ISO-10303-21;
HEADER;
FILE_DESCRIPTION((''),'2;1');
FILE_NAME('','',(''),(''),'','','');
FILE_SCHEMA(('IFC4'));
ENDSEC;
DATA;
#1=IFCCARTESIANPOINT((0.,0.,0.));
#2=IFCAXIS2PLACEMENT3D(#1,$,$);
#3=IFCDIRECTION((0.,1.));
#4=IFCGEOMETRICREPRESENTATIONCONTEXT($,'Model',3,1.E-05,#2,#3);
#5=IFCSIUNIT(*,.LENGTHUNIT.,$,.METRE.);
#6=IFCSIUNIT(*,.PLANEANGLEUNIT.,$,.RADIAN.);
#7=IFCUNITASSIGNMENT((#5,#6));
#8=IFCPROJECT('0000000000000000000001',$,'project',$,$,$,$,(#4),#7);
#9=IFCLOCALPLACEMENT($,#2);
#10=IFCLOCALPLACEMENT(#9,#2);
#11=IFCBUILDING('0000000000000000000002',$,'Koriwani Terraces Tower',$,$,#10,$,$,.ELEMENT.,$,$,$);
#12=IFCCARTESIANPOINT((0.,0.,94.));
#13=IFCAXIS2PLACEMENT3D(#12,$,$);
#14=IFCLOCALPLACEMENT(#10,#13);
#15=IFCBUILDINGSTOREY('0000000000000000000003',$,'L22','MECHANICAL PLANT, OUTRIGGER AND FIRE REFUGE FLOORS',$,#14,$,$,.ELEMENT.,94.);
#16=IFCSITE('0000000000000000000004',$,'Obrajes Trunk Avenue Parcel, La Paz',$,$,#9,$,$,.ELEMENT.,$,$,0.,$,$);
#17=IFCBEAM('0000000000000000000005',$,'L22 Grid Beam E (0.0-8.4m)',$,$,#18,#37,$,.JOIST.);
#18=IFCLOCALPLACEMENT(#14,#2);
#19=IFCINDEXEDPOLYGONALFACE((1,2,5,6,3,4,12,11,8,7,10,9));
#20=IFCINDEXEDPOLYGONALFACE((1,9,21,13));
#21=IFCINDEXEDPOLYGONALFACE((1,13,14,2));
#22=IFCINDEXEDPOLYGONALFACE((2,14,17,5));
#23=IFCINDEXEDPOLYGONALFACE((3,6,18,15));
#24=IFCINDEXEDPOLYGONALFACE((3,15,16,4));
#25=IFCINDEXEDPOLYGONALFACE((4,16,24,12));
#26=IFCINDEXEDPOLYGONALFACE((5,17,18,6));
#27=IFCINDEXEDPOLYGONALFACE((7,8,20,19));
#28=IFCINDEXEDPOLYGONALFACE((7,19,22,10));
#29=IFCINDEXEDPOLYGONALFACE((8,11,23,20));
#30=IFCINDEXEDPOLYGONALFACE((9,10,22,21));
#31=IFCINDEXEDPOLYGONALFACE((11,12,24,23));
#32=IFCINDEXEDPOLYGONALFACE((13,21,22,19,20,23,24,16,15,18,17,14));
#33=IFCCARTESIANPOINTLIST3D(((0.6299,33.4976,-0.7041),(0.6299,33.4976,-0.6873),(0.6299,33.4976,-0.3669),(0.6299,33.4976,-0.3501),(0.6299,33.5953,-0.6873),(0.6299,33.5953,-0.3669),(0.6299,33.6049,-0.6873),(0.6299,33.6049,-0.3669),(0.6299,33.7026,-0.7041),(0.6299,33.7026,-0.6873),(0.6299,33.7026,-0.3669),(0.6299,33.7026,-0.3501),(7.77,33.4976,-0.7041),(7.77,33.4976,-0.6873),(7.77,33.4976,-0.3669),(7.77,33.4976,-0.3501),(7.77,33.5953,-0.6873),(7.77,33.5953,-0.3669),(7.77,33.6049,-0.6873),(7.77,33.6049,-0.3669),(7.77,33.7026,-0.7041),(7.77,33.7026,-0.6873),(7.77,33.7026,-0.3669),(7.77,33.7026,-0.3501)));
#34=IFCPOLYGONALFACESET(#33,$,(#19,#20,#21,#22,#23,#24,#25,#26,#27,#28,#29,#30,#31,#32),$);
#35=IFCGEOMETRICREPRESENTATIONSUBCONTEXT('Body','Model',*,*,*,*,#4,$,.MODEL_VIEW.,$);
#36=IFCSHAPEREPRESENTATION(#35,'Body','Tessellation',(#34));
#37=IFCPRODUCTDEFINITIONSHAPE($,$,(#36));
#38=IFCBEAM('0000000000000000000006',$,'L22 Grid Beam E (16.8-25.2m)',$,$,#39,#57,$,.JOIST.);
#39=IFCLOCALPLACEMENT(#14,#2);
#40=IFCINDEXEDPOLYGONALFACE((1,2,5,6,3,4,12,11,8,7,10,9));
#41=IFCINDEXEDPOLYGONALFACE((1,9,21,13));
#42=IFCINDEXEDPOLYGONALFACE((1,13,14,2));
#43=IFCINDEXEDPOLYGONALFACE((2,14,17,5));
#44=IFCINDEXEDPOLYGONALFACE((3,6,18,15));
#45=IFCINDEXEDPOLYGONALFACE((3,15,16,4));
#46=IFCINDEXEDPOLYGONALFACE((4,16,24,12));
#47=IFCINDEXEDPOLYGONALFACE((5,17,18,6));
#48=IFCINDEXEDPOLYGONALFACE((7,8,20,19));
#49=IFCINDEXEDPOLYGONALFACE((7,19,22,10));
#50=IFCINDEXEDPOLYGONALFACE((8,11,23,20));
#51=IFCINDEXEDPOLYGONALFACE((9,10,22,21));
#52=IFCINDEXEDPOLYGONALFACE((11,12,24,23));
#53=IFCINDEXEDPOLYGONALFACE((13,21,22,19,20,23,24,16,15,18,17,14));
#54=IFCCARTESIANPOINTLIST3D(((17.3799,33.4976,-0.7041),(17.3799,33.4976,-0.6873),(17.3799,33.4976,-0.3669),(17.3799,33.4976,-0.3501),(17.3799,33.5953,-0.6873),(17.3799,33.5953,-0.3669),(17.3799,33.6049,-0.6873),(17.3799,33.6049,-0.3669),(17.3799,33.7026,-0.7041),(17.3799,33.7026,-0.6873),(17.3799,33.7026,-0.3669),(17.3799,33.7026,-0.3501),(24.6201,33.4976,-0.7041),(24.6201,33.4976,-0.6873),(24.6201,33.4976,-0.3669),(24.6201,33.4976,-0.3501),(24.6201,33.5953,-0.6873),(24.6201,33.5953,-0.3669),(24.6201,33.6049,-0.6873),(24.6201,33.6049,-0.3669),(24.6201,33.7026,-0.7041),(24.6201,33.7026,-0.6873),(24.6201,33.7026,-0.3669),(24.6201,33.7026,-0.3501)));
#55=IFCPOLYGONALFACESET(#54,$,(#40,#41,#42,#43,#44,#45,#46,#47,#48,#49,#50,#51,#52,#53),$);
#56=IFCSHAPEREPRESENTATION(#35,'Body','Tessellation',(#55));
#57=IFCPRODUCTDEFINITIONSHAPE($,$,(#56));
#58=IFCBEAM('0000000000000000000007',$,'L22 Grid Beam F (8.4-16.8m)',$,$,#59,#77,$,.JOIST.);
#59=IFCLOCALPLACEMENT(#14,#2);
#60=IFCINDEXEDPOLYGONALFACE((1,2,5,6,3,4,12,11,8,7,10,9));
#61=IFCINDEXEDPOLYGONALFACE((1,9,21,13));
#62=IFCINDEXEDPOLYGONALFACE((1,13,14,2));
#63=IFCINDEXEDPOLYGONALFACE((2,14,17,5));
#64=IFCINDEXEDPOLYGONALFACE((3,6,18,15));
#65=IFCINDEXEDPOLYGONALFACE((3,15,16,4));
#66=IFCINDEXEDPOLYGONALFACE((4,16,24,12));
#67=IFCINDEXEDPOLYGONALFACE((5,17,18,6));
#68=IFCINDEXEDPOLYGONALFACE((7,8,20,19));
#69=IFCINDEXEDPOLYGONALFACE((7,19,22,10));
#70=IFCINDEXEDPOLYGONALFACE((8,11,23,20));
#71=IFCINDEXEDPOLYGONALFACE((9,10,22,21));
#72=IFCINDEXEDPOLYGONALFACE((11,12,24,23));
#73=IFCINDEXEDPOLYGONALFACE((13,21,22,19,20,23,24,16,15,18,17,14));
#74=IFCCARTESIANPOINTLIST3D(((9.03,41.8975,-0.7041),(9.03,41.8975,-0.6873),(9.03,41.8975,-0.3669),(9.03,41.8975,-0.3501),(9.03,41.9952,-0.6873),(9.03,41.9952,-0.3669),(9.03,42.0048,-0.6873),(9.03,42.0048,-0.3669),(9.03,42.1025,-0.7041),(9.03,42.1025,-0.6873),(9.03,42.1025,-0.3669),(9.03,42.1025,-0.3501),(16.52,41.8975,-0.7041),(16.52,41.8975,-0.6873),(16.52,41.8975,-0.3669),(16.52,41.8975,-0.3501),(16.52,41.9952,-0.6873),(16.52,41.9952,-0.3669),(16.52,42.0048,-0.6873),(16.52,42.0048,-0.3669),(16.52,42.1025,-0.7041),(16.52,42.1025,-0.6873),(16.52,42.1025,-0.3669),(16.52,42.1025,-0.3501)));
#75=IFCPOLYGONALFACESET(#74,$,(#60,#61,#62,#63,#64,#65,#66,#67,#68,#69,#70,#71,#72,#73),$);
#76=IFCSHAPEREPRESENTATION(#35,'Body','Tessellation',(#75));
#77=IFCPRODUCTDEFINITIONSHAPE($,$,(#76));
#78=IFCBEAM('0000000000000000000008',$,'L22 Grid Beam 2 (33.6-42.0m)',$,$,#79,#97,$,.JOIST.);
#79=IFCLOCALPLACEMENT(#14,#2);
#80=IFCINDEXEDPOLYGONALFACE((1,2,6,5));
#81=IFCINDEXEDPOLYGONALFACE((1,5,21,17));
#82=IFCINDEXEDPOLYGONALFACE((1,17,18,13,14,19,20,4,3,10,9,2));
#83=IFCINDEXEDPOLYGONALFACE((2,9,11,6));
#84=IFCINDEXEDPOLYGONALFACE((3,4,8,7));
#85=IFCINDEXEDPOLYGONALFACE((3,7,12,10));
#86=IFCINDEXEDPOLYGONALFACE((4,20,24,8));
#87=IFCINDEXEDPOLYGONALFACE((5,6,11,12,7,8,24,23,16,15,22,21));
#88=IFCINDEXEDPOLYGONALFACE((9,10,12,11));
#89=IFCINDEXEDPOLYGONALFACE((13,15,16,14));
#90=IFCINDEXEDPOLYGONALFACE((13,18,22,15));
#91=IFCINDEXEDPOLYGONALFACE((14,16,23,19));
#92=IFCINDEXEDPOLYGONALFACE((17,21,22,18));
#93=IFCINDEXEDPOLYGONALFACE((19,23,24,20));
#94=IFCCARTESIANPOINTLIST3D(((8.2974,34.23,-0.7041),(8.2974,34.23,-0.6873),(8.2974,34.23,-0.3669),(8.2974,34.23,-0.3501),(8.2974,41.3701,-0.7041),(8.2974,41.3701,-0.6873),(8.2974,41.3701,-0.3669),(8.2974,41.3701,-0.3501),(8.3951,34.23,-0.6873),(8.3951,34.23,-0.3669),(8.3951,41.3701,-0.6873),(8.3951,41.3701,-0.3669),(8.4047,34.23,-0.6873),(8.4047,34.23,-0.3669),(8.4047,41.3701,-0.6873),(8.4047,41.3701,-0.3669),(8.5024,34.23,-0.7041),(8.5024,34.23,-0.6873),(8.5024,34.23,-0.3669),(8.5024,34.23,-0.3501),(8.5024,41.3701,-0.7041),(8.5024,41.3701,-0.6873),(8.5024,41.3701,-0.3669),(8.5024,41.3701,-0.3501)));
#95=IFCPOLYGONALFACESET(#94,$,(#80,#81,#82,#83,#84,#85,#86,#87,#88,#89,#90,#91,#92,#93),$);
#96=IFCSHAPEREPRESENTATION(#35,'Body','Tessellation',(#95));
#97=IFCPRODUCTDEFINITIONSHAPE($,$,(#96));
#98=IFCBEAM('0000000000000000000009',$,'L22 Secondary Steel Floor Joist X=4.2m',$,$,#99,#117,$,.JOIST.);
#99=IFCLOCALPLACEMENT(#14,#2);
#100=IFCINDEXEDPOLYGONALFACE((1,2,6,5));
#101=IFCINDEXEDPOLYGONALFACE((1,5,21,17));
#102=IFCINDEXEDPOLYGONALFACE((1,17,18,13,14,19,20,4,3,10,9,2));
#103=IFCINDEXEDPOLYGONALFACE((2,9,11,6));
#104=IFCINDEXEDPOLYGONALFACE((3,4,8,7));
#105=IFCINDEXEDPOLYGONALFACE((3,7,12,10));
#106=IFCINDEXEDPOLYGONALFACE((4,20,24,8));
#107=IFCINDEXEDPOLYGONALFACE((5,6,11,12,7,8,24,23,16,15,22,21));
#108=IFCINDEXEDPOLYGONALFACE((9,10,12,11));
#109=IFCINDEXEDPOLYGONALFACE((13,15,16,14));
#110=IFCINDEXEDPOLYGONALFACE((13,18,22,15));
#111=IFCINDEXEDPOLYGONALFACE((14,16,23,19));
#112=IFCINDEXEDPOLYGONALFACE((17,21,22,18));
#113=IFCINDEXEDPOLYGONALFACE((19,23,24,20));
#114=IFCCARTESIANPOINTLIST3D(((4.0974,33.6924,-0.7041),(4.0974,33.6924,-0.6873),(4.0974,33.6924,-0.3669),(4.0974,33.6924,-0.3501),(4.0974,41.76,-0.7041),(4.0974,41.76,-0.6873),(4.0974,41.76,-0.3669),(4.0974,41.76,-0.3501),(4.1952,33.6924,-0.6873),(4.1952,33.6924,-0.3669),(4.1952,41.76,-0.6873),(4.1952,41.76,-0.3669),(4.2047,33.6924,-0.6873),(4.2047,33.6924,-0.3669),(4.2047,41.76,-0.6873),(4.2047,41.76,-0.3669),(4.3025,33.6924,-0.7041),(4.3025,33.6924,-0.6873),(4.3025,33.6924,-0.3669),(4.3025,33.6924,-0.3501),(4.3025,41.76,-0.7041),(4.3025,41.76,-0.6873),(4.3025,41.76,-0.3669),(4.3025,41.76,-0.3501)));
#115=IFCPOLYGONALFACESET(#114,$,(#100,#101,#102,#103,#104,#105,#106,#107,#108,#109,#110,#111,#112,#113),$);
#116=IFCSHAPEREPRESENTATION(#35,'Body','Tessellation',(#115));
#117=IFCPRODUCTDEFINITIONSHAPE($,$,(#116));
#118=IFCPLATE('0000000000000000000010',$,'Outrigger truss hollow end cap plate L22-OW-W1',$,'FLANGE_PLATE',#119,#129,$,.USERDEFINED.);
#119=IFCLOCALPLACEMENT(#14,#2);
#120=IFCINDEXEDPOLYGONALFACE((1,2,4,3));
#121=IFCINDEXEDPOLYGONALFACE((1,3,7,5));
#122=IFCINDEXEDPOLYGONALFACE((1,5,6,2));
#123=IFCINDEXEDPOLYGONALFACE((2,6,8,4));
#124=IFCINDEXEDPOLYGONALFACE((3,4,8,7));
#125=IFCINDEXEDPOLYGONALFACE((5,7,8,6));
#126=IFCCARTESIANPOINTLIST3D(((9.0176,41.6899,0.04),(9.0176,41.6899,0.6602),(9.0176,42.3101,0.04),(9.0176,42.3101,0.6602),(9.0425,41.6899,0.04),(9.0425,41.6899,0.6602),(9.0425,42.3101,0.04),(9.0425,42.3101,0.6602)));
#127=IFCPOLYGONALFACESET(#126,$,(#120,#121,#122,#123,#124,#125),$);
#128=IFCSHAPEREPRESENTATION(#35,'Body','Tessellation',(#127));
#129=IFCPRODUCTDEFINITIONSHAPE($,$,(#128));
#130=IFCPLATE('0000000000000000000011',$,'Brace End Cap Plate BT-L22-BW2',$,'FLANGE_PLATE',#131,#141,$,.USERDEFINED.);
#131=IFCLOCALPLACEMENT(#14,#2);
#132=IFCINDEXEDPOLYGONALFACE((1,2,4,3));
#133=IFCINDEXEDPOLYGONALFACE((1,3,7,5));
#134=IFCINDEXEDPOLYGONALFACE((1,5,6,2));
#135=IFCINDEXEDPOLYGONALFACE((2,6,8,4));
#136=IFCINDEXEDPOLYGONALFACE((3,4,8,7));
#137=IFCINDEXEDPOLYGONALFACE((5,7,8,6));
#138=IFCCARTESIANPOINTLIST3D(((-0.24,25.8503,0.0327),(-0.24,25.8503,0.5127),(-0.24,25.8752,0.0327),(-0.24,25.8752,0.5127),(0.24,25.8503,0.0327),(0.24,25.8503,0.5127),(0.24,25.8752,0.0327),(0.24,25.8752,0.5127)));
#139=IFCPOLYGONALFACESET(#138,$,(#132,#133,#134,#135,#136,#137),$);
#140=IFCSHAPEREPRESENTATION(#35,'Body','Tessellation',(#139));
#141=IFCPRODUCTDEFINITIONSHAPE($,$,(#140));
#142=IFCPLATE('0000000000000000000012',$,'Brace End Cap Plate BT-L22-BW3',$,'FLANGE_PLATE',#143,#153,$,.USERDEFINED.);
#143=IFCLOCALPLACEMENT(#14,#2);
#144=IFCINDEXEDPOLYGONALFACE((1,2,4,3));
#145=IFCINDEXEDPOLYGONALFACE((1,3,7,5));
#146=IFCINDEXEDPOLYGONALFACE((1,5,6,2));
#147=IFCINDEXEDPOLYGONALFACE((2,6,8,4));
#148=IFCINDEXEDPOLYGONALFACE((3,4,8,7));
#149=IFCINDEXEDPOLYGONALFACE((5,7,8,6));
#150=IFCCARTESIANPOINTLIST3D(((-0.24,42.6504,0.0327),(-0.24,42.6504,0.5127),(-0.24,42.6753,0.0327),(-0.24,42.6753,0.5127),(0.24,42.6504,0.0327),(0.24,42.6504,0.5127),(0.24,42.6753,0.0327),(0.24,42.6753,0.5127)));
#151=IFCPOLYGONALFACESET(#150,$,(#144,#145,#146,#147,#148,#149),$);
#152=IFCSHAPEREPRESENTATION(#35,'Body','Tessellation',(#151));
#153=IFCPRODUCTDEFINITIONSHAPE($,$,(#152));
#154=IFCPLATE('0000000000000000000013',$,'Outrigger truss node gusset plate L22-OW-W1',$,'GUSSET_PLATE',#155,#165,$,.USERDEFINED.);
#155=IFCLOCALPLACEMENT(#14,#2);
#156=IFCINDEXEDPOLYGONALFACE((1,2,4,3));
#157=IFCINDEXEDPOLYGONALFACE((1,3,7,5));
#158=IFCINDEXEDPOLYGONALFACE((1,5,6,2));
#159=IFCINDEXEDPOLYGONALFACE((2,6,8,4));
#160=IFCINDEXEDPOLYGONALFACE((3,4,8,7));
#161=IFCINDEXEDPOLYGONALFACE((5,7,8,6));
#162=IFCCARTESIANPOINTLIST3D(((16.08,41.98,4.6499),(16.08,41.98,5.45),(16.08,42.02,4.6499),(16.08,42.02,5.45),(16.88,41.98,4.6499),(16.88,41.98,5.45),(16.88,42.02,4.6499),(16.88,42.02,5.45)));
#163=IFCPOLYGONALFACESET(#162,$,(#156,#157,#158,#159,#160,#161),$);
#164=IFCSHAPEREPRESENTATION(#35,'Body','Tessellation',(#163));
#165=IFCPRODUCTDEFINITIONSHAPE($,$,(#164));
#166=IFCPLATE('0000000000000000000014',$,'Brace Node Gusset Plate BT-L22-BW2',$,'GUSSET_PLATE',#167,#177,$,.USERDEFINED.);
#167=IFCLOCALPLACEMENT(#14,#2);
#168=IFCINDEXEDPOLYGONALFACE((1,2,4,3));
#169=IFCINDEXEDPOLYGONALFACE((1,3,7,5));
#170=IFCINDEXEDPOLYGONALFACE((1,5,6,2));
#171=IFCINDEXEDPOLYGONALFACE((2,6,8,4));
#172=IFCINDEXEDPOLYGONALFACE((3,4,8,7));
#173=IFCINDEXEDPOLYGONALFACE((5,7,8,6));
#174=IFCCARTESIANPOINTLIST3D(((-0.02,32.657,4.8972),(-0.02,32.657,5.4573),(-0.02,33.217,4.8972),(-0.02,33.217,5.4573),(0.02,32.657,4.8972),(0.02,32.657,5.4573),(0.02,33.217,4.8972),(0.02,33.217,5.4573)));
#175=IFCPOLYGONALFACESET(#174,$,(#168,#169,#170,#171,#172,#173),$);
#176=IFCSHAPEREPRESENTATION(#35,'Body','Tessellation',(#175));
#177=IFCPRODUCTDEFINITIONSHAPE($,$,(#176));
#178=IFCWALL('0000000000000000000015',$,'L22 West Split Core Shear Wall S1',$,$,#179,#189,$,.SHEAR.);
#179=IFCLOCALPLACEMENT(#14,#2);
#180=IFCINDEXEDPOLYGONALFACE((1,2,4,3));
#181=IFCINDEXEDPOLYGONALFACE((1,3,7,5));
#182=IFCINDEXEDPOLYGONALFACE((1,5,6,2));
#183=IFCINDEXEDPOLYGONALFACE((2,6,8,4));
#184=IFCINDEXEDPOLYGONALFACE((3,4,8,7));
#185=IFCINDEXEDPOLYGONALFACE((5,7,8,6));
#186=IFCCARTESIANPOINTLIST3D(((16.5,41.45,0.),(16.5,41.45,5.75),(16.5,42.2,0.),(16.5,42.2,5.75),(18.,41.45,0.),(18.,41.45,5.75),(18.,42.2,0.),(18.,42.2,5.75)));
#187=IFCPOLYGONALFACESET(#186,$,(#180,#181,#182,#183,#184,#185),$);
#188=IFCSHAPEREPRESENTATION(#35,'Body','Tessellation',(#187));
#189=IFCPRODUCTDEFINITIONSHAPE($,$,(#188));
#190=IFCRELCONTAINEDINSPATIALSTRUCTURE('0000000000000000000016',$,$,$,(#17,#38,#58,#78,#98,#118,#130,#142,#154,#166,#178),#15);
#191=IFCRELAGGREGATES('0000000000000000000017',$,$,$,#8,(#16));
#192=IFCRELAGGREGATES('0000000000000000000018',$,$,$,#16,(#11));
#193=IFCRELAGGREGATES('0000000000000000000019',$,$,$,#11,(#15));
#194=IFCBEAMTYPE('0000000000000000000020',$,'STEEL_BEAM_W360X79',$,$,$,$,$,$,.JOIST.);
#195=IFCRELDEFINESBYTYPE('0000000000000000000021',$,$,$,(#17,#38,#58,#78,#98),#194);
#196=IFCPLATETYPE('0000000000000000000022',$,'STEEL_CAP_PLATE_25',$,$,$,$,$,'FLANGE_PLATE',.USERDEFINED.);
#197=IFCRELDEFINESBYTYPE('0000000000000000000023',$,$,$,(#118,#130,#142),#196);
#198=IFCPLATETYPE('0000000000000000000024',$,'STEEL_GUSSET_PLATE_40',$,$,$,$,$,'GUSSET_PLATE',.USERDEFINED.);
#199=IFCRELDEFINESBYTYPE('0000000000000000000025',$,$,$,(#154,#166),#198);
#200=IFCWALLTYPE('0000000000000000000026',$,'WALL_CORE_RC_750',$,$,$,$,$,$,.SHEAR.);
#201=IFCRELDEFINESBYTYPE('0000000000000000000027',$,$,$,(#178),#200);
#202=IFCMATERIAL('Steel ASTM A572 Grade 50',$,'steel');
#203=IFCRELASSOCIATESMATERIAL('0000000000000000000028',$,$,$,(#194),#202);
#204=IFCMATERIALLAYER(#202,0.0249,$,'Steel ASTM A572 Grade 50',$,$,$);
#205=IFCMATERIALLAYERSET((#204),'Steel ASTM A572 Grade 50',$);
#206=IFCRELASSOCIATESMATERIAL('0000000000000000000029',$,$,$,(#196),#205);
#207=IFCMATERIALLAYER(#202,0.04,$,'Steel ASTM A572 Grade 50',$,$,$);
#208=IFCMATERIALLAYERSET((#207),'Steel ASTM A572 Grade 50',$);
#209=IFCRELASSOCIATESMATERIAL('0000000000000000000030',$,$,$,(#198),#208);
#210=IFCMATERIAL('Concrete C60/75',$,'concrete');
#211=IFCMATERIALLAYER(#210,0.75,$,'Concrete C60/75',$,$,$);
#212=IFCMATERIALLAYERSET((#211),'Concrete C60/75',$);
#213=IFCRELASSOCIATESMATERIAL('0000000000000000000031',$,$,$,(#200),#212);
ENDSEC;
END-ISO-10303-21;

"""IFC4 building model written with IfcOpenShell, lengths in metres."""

from ifc_helpers import new_model, si_unit, direction, frame, frame_2d, origin, origin_2d, place, context, subcontext, project, spatial, rectangle, i_section, extrude, material, layer, layer_set, material_profile, profile_set, type_object, element, save


model = new_model("IFC4")

# Units and contexts
model_context = context("Model", 3, precision=1e-05, world=origin(), true_north=direction((0.0, 1.0)))
body_context = subcontext(model_context, "Body", "Model", "MODEL_VIEW")
ifc_project = project(units=[si_unit("LENGTHUNIT", "METRE"), si_unit("PLANEANGLEUNIT", "RADIAN")], contexts=[model_context])

# Site, building, storey
site_placement = place(None, origin())
site = spatial("IfcSite", under=ifc_project, at=site_placement, Name="Obrajes Trunk Avenue Parcel, La Paz", CompositionType="ELEMENT", RefElevation=0.0)
building_placement = place(site_placement, origin())
building = spatial("IfcBuilding", under=site, at=building_placement, Name="Koriwani Terraces Tower", CompositionType="ELEMENT")
storey_placement = place(building_placement, frame((0.0, 0.0, 94.0)))
storey = spatial("IfcBuildingStorey", under=building, at=storey_placement, Name="L22", Description="MECHANICAL PLANT, OUTRIGGER AND FIRE REFUGE FLOORS", CompositionType="ELEMENT", Elevation=94.0)

# Shared definitions
ifc_material_1 = material(Name="Concrete C60/75", Category="concrete")

# Shared definitions
ifc_material_2 = material(Name="Steel ASTM A572 Grade 50", Category="steel")

# Beams
ifc_material_profile_1 = material_profile(ifc_material_2, i_section(OverallWidth=0.2051, OverallDepth=0.354, WebThickness=0.0095, FlangeThickness=0.0168, at=origin_2d()), Name="Steel ASTM A572 Grade 50", Category="LoadBearing")
ifc_profile_set_1 = profile_set([ifc_material_profile_1], Name="Steel ASTM A572 Grade 50")
beam_type_1 = type_object("IfcBeamType", Name="STEEL_BEAM_W360X79", PredefinedType="JOIST", material=ifc_profile_set_1)
beam_1_placement = place(storey_placement, frame((0.6299, 33.6001, -0.5271), z_axis=(1.0, 0.0, 0.0), x_axis=(0.0, 1.0, 0.0)))
element("IfcBeam", 1, at=beam_1_placement, inside=storey, type_object=beam_type_1, Name="L22 Grid Beam E (0.0-8.4m)", PredefinedType="JOIST", context=body_context, shape_type="SweptSolid", body=[
    extrude(i_section(OverallWidth=0.2051, OverallDepth=0.354, WebThickness=0.0095, FlangeThickness=0.0168, at=origin_2d()), origin(), (0.0, 0.0, 1.0), 7.1401),
])
beam_2_placement = place(storey_placement, frame((17.3799, 33.6001, -0.5271), z_axis=(1.0, 0.0, 0.0), x_axis=(0.0, 1.0, 0.0)))
element("IfcBeam", 2, at=beam_2_placement, inside=storey, type_object=beam_type_1, Name="L22 Grid Beam E (16.8-25.2m)", PredefinedType="JOIST", context=body_context, shape_type="SweptSolid", body=[
    extrude(i_section(OverallWidth=0.2051, OverallDepth=0.354, WebThickness=0.0095, FlangeThickness=0.0168, at=origin_2d()), origin(), (0.0, 0.0, 1.0), 7.2402),
])
beam_3_placement = place(storey_placement, frame((9.03, 42.0, -0.5271), z_axis=(1.0, 0.0, 0.0), x_axis=(0.0, 1.0, 0.0)))
element("IfcBeam", 3, at=beam_3_placement, inside=storey, type_object=beam_type_1, Name="L22 Grid Beam F (8.4-16.8m)", PredefinedType="JOIST", context=body_context, shape_type="SweptSolid", body=[
    extrude(i_section(OverallWidth=0.2051, OverallDepth=0.354, WebThickness=0.0095, FlangeThickness=0.0168, at=origin_2d()), origin(), (0.0, 0.0, 1.0), 7.49),
])
beam_4_placement = place(storey_placement, frame((8.3999, 34.23, -0.5271), z_axis=(0.0, 1.0, 0.0), x_axis=(-1.0, 0.0, 0.0)))
element("IfcBeam", 4, at=beam_4_placement, inside=storey, type_object=beam_type_1, Name="L22 Grid Beam 2 (33.6-42.0m)", PredefinedType="JOIST", context=body_context, shape_type="SweptSolid", body=[
    extrude(i_section(OverallWidth=0.2051, OverallDepth=0.354, WebThickness=0.0095, FlangeThickness=0.0168, at=origin_2d()), origin(), (0.0, 0.0, 1.0), 7.1401),
])
beam_5_placement = place(storey_placement, frame((4.2, 33.6924, -0.5271), z_axis=(0.0, 1.0, 0.0), x_axis=(-1.0, 0.0, 0.0)))
element("IfcBeam", 5, at=beam_5_placement, inside=storey, type_object=beam_type_1, Name="L22 Secondary Steel Floor Joist X=4.2m", PredefinedType="JOIST", context=body_context, shape_type="SweptSolid", body=[
    extrude(i_section(OverallWidth=0.2051, OverallDepth=0.354, WebThickness=0.0095, FlangeThickness=0.0168, at=origin_2d()), origin(), (0.0, 0.0, 1.0), 8.0676),
])

# Plates
ifc_layer_1 = layer(ifc_material_2, 0.0249, Name="Steel ASTM A572 Grade 50")
ifc_layer_set_1 = layer_set([ifc_layer_1], Name="Steel ASTM A572 Grade 50")
plate_type_1 = type_object("IfcPlateType", Name="STEEL_CAP_PLATE_25", ElementType="FLANGE_PLATE", PredefinedType="USERDEFINED", material=ifc_layer_set_1)
plate_1_placement = place(storey_placement, frame((9.03, 42.0, 0.04), z_axis=(0.0, 0.0, 1.0), x_axis=(1.0, 0.0, 0.0)))
element("IfcPlate", 6, at=plate_1_placement, inside=storey, type_object=plate_type_1, Name="Outrigger truss hollow end cap plate L22-OW-W1", ObjectType="FLANGE_PLATE", PredefinedType="USERDEFINED", context=body_context, shape_type="SweptSolid", body=[
    extrude(rectangle(XDim=0.0249, YDim=0.6201, at=origin_2d()), origin(), (0.0, 0.0, 1.0), 0.6201),
])
for number, where, z_axis, x_axis, name in (
    (7, (0.0, 25.8628, 0.0327), (0.0, 0.0, 1.0), (0.0, 1.0, 0.0), "Brace End Cap Plate BT-L22-BW2"),
    (8, (0.0, 42.6628, 0.0327), (0.0, 0.0, 1.0), (0.0, 1.0, 0.0), "Brace End Cap Plate BT-L22-BW3"),
):
    element("IfcPlate", number, at=place(storey_placement, frame(where, z_axis=z_axis, x_axis=x_axis)), inside=storey, type_object=plate_type_1, Name=name, ObjectType="FLANGE_PLATE", PredefinedType="USERDEFINED", context=body_context, shape_type="SweptSolid", body=[
        extrude(rectangle(XDim=0.0249, YDim=0.48, at=origin_2d()), origin(), (0.0, 0.0, 1.0), 0.48),
    ])
ifc_layer_2 = layer(ifc_material_2, 0.04, Name="Steel ASTM A572 Grade 50")
ifc_layer_set_2 = layer_set([ifc_layer_2], Name="Steel ASTM A572 Grade 50")
plate_type_2 = type_object("IfcPlateType", Name="STEEL_GUSSET_PLATE_40", ElementType="GUSSET_PLATE", PredefinedType="USERDEFINED", material=ifc_layer_set_2)
plate_2_placement = place(storey_placement, frame((16.48, 42.0, 4.6499), z_axis=(0.0, 0.0, 1.0), x_axis=(1.0, 0.0, 0.0)))
element("IfcPlate", 9, at=plate_2_placement, inside=storey, type_object=plate_type_2, Name="Outrigger truss node gusset plate L22-OW-W1", ObjectType="GUSSET_PLATE", PredefinedType="USERDEFINED", context=body_context, shape_type="SweptSolid", body=[
    extrude(rectangle(XDim=0.8, YDim=0.04, at=origin_2d()), origin(), (0.0, 0.0, 1.0), 0.8),
])
plate_3_placement = place(storey_placement, frame((0.0, 32.937, 4.8972), z_axis=(0.0, 0.0, 1.0), x_axis=(0.0, 1.0, 0.0)))
element("IfcPlate", 10, at=plate_3_placement, inside=storey, type_object=plate_type_2, Name="Brace Node Gusset Plate BT-L22-BW2", ObjectType="GUSSET_PLATE", PredefinedType="USERDEFINED", context=body_context, shape_type="SweptSolid", body=[
    extrude(rectangle(XDim=0.5601, YDim=0.04, at=origin_2d()), origin(), (0.0, 0.0, 1.0), 0.5601),
])

# Wall
ifc_layer_3 = layer(ifc_material_1, 0.75, Name="Concrete C60/75")
ifc_layer_set_3 = layer_set([ifc_layer_3], Name="Concrete C60/75")
wall_type_1 = type_object("IfcWallType", Name="WALL_CORE_RC_750", PredefinedType="SHEAR", material=ifc_layer_set_3)
wall_1_placement = place(storey_placement, frame((16.5, 41.825, 0.0), z_axis=(0.0, 0.0, 1.0), x_axis=(1.0, 0.0, 0.0)))
element("IfcWall", 11, at=wall_1_placement, inside=storey, type_object=wall_type_1, Name="L22 West Split Core Shear Wall S1", PredefinedType="SHEAR", context=body_context, shape_type="SweptSolid", body=[
    extrude(rectangle(XDim=1.5, YDim=0.75, at=frame_2d((0.75, 0.0))), origin(), (0.0, 0.0, 1.0), 5.75),
])

save(model, "model.ifc")
